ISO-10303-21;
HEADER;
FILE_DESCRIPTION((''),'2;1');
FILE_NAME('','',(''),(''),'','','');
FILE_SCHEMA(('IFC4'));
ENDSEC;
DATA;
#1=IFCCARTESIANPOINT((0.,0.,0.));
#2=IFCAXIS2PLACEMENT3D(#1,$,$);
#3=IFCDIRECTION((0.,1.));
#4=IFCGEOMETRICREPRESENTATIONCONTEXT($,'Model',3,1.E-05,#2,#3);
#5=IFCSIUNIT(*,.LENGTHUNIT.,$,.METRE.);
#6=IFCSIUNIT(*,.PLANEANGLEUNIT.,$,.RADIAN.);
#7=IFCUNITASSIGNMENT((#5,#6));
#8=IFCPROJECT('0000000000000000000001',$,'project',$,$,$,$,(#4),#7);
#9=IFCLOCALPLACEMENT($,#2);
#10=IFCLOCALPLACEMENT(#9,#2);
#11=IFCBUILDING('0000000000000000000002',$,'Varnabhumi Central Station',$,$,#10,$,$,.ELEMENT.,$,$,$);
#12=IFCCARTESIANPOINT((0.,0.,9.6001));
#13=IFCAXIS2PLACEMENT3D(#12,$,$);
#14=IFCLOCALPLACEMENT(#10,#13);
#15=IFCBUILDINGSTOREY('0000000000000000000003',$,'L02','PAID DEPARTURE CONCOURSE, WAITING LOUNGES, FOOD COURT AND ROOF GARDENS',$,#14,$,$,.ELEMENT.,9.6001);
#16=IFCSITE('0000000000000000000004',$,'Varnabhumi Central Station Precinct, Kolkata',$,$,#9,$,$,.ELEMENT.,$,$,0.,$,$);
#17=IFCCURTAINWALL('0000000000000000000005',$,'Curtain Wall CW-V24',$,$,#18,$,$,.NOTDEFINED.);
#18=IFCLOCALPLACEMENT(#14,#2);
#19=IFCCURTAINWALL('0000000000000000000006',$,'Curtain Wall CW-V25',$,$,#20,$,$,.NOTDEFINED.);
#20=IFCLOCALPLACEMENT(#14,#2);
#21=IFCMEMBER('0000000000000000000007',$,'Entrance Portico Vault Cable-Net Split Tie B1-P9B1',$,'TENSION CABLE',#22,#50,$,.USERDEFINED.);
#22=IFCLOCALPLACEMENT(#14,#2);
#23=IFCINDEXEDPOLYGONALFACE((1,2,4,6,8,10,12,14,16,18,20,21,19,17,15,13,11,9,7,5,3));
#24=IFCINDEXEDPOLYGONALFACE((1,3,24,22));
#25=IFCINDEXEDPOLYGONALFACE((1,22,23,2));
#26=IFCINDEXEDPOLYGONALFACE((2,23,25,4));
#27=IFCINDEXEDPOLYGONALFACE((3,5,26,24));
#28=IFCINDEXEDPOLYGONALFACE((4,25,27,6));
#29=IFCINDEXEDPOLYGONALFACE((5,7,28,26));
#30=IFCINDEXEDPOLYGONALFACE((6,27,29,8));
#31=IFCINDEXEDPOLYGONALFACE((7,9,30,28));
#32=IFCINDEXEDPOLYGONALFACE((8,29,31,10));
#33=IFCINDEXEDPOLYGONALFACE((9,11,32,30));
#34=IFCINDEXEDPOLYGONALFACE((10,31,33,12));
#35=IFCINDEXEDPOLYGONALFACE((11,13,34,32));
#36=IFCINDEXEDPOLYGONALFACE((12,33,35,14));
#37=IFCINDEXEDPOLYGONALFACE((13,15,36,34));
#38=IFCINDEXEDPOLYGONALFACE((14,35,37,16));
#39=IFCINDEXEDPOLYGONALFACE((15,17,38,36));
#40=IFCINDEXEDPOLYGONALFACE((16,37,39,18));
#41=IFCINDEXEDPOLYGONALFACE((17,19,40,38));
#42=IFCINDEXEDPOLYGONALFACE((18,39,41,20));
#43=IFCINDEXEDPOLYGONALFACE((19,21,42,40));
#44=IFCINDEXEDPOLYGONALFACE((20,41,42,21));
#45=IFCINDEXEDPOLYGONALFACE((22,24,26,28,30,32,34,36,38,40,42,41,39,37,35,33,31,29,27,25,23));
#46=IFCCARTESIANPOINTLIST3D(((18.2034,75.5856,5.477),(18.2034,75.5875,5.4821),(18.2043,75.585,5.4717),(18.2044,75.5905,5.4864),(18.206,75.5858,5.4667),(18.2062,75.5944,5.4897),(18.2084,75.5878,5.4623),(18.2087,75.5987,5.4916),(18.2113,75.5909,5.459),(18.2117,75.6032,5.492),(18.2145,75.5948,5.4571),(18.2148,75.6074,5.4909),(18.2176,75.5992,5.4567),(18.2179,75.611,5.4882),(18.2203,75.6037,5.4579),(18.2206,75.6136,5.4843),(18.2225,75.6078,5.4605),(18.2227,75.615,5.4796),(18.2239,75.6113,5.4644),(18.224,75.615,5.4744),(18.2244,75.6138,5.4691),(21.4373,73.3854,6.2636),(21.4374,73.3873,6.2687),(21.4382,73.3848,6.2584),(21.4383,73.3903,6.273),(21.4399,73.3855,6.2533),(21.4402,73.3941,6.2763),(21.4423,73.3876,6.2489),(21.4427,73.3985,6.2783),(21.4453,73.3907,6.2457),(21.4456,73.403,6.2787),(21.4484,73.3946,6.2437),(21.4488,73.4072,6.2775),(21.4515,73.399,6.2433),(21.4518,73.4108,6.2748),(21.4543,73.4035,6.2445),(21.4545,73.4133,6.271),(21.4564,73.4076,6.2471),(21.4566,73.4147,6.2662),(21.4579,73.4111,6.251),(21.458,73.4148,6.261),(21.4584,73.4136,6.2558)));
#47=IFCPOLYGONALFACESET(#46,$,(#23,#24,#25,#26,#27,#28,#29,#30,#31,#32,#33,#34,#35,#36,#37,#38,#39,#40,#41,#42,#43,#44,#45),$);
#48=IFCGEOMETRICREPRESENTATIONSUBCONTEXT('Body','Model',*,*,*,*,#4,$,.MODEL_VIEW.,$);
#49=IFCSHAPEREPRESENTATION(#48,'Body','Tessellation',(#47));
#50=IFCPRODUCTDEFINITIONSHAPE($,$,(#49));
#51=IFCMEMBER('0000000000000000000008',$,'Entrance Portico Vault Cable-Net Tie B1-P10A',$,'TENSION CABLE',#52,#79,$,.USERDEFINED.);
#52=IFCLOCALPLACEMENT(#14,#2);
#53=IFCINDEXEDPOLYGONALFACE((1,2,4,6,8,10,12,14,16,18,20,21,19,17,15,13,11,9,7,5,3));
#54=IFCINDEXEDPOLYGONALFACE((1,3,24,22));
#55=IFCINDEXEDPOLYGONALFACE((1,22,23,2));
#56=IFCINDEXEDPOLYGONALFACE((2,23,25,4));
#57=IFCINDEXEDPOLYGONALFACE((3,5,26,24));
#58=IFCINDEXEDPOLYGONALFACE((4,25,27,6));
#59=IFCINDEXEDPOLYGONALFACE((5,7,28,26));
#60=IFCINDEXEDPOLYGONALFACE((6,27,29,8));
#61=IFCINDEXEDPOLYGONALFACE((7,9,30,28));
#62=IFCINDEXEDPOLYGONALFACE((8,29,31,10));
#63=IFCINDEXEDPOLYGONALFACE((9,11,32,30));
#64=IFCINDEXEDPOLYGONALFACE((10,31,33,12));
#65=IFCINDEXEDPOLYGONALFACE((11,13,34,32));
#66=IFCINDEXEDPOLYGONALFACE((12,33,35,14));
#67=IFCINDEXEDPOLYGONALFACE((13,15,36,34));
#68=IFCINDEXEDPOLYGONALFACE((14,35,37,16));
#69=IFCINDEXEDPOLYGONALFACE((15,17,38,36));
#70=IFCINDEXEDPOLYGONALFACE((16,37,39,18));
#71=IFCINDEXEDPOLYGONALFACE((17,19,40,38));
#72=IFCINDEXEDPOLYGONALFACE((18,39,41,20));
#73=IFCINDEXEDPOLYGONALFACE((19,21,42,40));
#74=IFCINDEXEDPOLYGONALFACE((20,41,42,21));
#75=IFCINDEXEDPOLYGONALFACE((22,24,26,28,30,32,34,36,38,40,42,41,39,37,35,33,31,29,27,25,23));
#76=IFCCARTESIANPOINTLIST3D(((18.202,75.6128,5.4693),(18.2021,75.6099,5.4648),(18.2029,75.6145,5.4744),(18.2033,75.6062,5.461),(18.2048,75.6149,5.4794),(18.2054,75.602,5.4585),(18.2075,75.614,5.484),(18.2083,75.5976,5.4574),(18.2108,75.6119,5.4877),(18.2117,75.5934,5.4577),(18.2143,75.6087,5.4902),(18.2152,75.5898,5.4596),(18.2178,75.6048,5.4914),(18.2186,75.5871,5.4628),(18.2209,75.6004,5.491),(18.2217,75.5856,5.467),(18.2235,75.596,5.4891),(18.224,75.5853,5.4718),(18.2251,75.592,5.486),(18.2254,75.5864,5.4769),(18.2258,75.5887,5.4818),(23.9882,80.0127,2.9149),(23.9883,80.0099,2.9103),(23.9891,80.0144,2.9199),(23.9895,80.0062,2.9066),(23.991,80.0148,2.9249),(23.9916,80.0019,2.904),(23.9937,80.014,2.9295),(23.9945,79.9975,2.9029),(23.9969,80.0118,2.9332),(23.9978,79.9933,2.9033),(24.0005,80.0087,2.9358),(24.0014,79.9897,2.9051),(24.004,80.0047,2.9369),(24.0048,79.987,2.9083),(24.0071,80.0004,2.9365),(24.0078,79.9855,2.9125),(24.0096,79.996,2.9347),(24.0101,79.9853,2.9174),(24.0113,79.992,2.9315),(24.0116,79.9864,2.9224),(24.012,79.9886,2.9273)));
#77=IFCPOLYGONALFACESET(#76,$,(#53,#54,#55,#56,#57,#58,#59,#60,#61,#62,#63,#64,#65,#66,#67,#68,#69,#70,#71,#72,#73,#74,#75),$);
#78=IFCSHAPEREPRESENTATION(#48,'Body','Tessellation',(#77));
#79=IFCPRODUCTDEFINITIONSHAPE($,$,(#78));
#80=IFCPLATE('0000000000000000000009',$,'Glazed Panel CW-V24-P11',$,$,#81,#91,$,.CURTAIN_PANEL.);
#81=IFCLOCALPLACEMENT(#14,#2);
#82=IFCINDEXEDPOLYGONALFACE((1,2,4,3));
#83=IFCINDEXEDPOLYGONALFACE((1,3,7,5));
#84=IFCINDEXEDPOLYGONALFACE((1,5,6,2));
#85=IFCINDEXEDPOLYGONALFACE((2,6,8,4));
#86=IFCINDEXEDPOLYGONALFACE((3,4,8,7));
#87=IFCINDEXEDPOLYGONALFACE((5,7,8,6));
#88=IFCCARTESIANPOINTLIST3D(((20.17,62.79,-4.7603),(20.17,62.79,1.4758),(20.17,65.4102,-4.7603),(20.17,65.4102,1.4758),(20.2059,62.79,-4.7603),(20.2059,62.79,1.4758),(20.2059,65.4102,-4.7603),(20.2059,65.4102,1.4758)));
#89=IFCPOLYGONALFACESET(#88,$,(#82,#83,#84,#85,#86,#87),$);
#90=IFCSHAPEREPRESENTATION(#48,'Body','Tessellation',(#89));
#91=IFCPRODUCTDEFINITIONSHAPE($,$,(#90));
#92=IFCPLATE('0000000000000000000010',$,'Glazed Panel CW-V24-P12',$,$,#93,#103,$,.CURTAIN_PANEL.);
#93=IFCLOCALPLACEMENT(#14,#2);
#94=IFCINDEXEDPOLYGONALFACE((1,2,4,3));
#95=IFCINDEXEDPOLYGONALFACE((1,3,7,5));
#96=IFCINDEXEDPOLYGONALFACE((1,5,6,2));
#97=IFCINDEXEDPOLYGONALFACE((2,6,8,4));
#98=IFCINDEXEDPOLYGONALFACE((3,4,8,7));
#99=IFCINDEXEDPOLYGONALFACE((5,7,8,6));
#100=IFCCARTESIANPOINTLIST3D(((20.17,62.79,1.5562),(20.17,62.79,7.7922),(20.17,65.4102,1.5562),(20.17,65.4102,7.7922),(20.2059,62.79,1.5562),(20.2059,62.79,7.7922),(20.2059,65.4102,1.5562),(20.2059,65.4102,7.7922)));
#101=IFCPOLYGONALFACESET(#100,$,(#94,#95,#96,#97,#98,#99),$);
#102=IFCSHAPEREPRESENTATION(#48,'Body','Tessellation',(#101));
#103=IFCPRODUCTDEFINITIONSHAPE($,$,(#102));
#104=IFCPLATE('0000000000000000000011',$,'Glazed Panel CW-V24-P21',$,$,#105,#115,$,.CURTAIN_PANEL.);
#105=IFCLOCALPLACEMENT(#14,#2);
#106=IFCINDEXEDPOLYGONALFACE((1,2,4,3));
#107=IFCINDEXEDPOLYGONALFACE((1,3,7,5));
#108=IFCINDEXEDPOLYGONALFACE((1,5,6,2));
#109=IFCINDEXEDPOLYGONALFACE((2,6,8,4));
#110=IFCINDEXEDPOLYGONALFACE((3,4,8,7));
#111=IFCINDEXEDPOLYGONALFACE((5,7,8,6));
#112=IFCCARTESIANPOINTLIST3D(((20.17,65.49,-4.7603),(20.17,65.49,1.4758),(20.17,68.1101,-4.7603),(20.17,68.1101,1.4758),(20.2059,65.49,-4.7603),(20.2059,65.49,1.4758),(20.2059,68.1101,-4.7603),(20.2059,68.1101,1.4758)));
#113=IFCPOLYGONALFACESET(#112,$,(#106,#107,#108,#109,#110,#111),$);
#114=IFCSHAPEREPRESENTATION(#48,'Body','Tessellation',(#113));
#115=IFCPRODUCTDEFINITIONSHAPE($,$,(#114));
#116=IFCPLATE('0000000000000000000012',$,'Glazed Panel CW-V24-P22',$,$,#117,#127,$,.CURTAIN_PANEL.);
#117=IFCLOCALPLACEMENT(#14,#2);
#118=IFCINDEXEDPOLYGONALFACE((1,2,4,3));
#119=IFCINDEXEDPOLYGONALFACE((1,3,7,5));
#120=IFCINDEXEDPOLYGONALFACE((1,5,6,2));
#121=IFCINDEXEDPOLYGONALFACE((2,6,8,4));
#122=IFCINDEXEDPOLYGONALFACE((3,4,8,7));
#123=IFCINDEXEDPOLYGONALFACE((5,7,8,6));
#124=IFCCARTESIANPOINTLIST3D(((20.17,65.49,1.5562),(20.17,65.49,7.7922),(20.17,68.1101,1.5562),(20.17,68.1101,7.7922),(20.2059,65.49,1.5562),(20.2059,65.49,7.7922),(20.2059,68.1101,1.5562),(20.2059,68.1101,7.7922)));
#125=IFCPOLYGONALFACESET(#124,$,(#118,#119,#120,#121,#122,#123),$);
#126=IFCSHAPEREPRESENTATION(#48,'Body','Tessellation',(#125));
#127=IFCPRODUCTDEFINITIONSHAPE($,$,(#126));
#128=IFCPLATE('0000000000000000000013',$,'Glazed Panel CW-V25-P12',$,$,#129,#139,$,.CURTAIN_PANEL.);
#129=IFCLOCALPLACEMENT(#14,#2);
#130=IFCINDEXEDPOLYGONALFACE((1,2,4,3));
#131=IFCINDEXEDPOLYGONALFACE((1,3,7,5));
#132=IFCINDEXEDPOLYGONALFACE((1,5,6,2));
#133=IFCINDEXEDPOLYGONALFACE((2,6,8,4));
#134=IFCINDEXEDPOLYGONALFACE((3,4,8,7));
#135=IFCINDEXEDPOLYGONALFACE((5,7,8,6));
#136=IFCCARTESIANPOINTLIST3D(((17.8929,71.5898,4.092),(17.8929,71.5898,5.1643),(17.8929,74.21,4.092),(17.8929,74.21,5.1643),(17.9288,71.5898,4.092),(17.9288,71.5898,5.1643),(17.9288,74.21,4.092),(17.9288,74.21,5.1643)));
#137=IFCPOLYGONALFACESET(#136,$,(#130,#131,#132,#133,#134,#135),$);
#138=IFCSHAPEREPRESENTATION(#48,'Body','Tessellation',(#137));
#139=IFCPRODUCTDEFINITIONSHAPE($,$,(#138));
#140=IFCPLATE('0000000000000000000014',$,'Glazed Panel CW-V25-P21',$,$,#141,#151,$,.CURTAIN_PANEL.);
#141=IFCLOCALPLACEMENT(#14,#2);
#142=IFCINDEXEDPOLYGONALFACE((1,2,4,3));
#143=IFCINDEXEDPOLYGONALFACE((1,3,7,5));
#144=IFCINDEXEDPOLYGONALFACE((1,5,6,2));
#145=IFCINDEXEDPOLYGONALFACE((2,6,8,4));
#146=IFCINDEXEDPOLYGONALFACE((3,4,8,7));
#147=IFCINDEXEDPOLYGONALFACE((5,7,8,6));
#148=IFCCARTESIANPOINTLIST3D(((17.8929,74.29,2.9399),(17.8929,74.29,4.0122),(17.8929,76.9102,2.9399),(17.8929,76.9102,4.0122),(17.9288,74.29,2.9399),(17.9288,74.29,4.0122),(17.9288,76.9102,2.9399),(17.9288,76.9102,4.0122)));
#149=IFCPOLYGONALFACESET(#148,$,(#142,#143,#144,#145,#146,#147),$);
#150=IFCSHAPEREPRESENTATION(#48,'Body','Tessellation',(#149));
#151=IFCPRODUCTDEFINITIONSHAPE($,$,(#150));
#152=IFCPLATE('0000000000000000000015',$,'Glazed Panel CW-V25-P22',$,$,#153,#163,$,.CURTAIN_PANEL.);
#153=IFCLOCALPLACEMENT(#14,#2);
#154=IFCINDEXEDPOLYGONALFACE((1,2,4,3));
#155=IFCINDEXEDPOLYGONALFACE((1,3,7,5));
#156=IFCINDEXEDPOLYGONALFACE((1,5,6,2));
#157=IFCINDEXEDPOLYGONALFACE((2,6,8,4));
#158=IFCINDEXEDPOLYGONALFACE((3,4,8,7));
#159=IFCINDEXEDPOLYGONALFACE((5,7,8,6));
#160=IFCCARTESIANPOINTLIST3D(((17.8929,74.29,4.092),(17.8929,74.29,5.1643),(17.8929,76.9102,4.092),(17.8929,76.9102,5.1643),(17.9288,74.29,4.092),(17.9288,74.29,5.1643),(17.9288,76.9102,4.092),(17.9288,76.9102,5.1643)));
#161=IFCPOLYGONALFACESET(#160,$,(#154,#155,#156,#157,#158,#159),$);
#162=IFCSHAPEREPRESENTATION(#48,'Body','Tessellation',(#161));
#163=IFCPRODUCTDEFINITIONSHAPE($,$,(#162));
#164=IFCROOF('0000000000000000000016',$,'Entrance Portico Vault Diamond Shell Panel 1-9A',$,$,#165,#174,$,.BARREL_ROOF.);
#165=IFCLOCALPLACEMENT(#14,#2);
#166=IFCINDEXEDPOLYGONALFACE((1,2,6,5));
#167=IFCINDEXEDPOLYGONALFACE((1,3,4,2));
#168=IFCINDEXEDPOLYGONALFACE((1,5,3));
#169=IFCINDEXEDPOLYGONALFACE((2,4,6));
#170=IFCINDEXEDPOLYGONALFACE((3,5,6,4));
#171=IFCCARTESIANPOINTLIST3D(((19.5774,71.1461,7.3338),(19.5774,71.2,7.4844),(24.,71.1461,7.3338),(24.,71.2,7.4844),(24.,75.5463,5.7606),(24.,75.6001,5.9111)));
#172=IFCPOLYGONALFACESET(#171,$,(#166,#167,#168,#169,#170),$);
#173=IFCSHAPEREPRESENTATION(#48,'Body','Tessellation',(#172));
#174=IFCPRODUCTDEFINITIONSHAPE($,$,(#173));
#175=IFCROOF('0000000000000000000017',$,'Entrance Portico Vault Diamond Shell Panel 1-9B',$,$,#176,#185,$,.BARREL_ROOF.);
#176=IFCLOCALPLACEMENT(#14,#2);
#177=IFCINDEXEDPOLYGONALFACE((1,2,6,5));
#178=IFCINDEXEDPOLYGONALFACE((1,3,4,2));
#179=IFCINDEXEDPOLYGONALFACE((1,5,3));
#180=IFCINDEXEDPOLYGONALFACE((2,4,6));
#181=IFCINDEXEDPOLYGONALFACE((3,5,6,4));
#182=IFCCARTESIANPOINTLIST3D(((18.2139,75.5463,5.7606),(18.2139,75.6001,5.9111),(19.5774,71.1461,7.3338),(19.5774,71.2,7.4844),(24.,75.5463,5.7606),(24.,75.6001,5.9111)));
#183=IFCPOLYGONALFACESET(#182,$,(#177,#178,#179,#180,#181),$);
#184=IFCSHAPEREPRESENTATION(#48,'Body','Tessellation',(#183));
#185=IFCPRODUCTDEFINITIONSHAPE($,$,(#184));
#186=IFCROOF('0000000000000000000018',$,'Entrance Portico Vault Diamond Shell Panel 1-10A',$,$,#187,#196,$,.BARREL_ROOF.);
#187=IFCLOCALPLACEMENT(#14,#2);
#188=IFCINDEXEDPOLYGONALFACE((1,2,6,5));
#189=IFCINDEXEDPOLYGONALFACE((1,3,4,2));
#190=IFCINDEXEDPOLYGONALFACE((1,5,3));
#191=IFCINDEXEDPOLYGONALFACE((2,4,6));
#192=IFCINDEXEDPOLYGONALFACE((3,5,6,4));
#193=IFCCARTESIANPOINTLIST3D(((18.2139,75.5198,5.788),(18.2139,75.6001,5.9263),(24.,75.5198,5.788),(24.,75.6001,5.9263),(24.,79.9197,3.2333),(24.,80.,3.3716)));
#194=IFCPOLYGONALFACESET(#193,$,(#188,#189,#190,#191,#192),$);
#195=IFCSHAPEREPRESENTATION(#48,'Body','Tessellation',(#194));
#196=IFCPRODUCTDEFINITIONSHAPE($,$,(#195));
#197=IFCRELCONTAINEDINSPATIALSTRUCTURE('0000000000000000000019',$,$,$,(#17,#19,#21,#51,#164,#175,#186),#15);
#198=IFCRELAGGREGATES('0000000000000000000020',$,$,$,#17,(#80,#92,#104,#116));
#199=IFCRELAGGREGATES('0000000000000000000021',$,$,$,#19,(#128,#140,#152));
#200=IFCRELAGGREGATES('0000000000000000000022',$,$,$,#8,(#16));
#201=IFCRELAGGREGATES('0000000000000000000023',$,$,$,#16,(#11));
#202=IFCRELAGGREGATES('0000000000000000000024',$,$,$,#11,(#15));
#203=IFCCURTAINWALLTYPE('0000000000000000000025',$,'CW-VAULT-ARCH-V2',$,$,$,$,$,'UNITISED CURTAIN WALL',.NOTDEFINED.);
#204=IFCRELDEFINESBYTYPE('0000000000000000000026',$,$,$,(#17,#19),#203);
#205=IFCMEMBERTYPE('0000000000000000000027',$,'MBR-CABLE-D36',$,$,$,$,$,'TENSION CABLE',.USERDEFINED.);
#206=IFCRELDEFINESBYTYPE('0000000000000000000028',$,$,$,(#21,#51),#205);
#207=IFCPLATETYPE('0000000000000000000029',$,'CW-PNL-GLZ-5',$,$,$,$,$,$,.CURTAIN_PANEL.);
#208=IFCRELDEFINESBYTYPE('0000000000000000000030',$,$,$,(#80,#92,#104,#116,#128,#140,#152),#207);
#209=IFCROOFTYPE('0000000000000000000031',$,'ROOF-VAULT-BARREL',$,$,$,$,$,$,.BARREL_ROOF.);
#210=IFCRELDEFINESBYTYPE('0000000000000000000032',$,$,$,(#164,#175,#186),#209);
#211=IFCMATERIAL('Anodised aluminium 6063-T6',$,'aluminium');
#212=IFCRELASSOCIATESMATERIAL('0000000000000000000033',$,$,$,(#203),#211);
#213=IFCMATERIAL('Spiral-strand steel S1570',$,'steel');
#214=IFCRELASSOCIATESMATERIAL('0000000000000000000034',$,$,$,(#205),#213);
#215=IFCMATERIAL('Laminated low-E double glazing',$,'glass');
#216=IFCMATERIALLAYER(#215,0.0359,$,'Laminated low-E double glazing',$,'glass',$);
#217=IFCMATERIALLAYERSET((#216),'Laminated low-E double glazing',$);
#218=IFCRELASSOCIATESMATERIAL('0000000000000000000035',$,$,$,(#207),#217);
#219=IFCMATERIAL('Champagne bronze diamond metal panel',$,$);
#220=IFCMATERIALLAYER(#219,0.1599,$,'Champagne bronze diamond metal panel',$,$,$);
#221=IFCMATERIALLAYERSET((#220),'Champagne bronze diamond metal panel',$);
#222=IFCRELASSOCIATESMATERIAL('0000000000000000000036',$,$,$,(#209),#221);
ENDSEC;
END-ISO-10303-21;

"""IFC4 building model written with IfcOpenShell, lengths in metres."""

from ifc_helpers import new_model, si_unit, direction, frame, origin, origin_2d, place, context, subcontext, project, spatial, polyline, rectangle, circle, outline, extrude, material, layer, layer_set, material_profile, profile_set, type_object, element, aggregate, save


model = new_model("IFC4")

# Units and contexts
model_context = context("Model", 3, precision=1e-05, world=origin(), true_north=direction((0.0, 1.0)))
body_context = subcontext(model_context, "Body", "Model", "MODEL_VIEW")
ifc_project = project(units=[si_unit("LENGTHUNIT", "METRE"), si_unit("PLANEANGLEUNIT", "RADIAN")], contexts=[model_context])

# Site, building, storey
site_placement = place(None, origin())
site = spatial("IfcSite", under=ifc_project, at=site_placement, Name="Varnabhumi Central Station Precinct, Kolkata", CompositionType="ELEMENT", RefElevation=0.0)
building_placement = place(site_placement, origin())
building = spatial("IfcBuilding", under=site, at=building_placement, Name="Varnabhumi Central Station", CompositionType="ELEMENT")
storey_placement = place(building_placement, frame((0.0, 0.0, 9.6001)))
storey = spatial("IfcBuildingStorey", under=building, at=storey_placement, Name="L02", Description="PAID DEPARTURE CONCOURSE, WAITING LOUNGES, FOOD COURT AND ROOF GARDENS", CompositionType="ELEMENT", Elevation=9.6001)

# Curtain wall
ifc_material_1 = material(Name="Anodised aluminium 6063-T6", Category="aluminium")
curtain_wall_type = type_object("IfcCurtainWallType", Name="CW-VAULT-ARCH-V2", ElementType="UNITISED CURTAIN WALL", PredefinedType="NOTDEFINED", material=ifc_material_1)
curtain_wall_1_placement = place(storey_placement, origin())
curtain_wall_1 = element("IfcCurtainWall", 1, at=curtain_wall_1_placement, inside=storey, type_object=curtain_wall_type, Name="Curtain Wall CW-V24", PredefinedType="NOTDEFINED")

# Curtain wall
curtain_wall_2_placement = place(storey_placement, origin())
curtain_wall_2 = element("IfcCurtainWall", 2, at=curtain_wall_2_placement, inside=storey, type_object=curtain_wall_type, Name="Curtain Wall CW-V25", PredefinedType="NOTDEFINED")

# Members
ifc_material_2 = material(Name="Spiral-strand steel S1570", Category="steel")
ifc_material_profile_1 = material_profile(ifc_material_2, circle(Radius=0.0181, at=origin_2d()), Name="Spiral-strand steel S1570", Category="steel")
ifc_profile_set_1 = profile_set([ifc_material_profile_1], Name="Spiral-strand steel S1570")
member_type_1 = type_object("IfcMemberType", Name="MBR-CABLE-D36", ElementType="TENSION CABLE", PredefinedType="USERDEFINED", material=ifc_profile_set_1)
member_1_placement = place(storey_placement, frame((18.2139, 75.6001, 5.4744), z_axis=(0.81056, -0.55147, 0.197163), x_axis=(0.562511, 0.826789, 0.0)))
element("IfcMember", 3, at=member_1_placement, inside=storey, type_object=member_type_1, Name="Entrance Portico Vault Cable-Net Split Tie B1-P9B1", ObjectType="TENSION CABLE", PredefinedType="USERDEFINED", context=body_context, shape_type="SweptSolid", body=[
    extrude(circle(Radius=0.0181, at=origin_2d()), origin(), (0.0, 0.0, 1.0), 3.9897),
])
member_2_placement = place(storey_placement, frame((18.2139, 75.6001, 5.4744), z_axis=(0.75098, 0.571061, -0.33154), x_axis=(-0.605296, 0.796, 0.0)))
element("IfcMember", 4, at=member_2_placement, inside=storey, type_object=member_type_1, Name="Entrance Portico Vault Cable-Net Tie B1-P10A", ObjectType="TENSION CABLE", PredefinedType="USERDEFINED", context=body_context, shape_type="SweptSolid", body=[
    extrude(circle(Radius=0.0181, at=origin_2d()), origin(), (0.0, 0.0, 1.0), 7.7048),
])

# Plates
ifc_material_3 = material(Name="Laminated low-E double glazing", Category="glass")
ifc_layer_1 = layer(ifc_material_3, 0.0359, Name="Laminated low-E double glazing", Category="glass")
ifc_layer_set_1 = layer_set([ifc_layer_1], Name="Laminated low-E double glazing")
plate_type = type_object("IfcPlateType", Name="CW-PNL-GLZ-5", PredefinedType="CURTAIN_PANEL", material=ifc_layer_set_1)
plate_1_placement = place(storey_placement, frame((20.188, 64.1001, -4.7603), z_axis=(0.0, 0.0, 1.0), x_axis=(0.0, 1.0, 0.0)))
plate_1 = element("IfcPlate", 5, at=plate_1_placement, type_object=plate_type, Name="Glazed Panel CW-V24-P11", PredefinedType="CURTAIN_PANEL", context=body_context, shape_type="SweptSolid", body=[
    extrude(rectangle(XDim=2.6201, YDim=0.0359, at=origin_2d()), origin(), (0.0, 0.0, 1.0), 6.2361),
])
plate_2_placement = place(storey_placement, frame((20.188, 64.1001, 1.5562), z_axis=(0.0, 0.0, 1.0), x_axis=(0.0, 1.0, 0.0)))
plate_2 = element("IfcPlate", 6, at=plate_2_placement, type_object=plate_type, Name="Glazed Panel CW-V24-P12", PredefinedType="CURTAIN_PANEL", context=body_context, shape_type="SweptSolid", body=[
    extrude(rectangle(XDim=2.6201, YDim=0.0359, at=origin_2d()), origin(), (0.0, 0.0, 1.0), 6.2361),
])
plate_3_placement = place(storey_placement, frame((20.188, 66.8, -4.7603), z_axis=(0.0, 0.0, 1.0), x_axis=(0.0, 1.0, 0.0)))
plate_3 = element("IfcPlate", 7, at=plate_3_placement, type_object=plate_type, Name="Glazed Panel CW-V24-P21", PredefinedType="CURTAIN_PANEL", context=body_context, shape_type="SweptSolid", body=[
    extrude(rectangle(XDim=2.6201, YDim=0.0359, at=origin_2d()), origin(), (0.0, 0.0, 1.0), 6.2361),
])
plate_4_placement = place(storey_placement, frame((20.188, 66.8, 1.5562), z_axis=(0.0, 0.0, 1.0), x_axis=(0.0, 1.0, 0.0)))
plate_4 = element("IfcPlate", 8, at=plate_4_placement, type_object=plate_type, Name="Glazed Panel CW-V24-P22", PredefinedType="CURTAIN_PANEL", context=body_context, shape_type="SweptSolid", body=[
    extrude(rectangle(XDim=2.6201, YDim=0.0359, at=origin_2d()), origin(), (0.0, 0.0, 1.0), 6.2361),
])
aggregate(curtain_wall_1, [plate_1, plate_2, plate_3, plate_4])
plate_5_placement = place(storey_placement, frame((17.9109, 72.8999, 4.092), z_axis=(0.0, 0.0, 1.0), x_axis=(0.0, 1.0, 0.0)))
plate_5 = element("IfcPlate", 9, at=plate_5_placement, type_object=plate_type, Name="Glazed Panel CW-V25-P12", PredefinedType="CURTAIN_PANEL", context=body_context, shape_type="SweptSolid", body=[
    extrude(rectangle(XDim=2.6201, YDim=0.0359, at=origin_2d()), origin(), (0.0, 0.0, 1.0), 1.0723),
])
plate_6_placement = place(storey_placement, frame((17.9109, 75.6001, 2.9399), z_axis=(0.0, 0.0, 1.0), x_axis=(0.0, 1.0, 0.0)))
plate_6 = element("IfcPlate", 10, at=plate_6_placement, type_object=plate_type, Name="Glazed Panel CW-V25-P21", PredefinedType="CURTAIN_PANEL", context=body_context, shape_type="SweptSolid", body=[
    extrude(rectangle(XDim=2.6201, YDim=0.0359, at=origin_2d()), origin(), (0.0, 0.0, 1.0), 1.0723),
])
plate_7_placement = place(storey_placement, frame((17.9109, 75.6001, 4.092), z_axis=(0.0, 0.0, 1.0), x_axis=(0.0, 1.0, 0.0)))
plate_7 = element("IfcPlate", 11, at=plate_7_placement, type_object=plate_type, Name="Glazed Panel CW-V25-P22", PredefinedType="CURTAIN_PANEL", context=body_context, shape_type="SweptSolid", body=[
    extrude(rectangle(XDim=2.6201, YDim=0.0359, at=origin_2d()), origin(), (0.0, 0.0, 1.0), 1.0723),
])
aggregate(curtain_wall_2, [plate_5, plate_6, plate_7])

# Roofs
ifc_material_4 = material(Name="Champagne bronze diamond metal panel")
ifc_layer_2 = layer(ifc_material_4, 0.1599, Name="Champagne bronze diamond metal panel")
ifc_layer_set_2 = layer_set([ifc_layer_2], Name="Champagne bronze diamond metal panel")
roof_type = type_object("IfcRoofType", Name="ROOF-VAULT-BARREL", PredefinedType="BARREL_ROOF", material=ifc_layer_set_2)
roof_1_placement = place(storey_placement, frame((19.5774, 71.2, 7.4844), z_axis=(0.0, 0.336671, 0.941622), x_axis=(1.0, 0.0, 0.0)))
element("IfcRoof", 12, at=roof_1_placement, inside=storey, type_object=roof_type, Name="Entrance Portico Vault Diamond Shell Panel 1-9A", PredefinedType="BARREL_ROOF", context=body_context, shape_type="SweptSolid", body=[
    extrude(outline(polyline([(0.0, 0.0), (4.4226, 0.0), (4.4226, 4.6729), (0.0, 0.0)])), origin(), (0.0, 0.0, -1.0), 0.1599),
])
roof_2_placement = place(storey_placement, frame((19.5774, 71.2, 7.4844), z_axis=(0.0, 0.336671, 0.941622), x_axis=(0.687385, 0.683894, -0.244522)))
element("IfcRoof", 13, at=roof_2_placement, inside=storey, type_object=roof_type, Name="Entrance Portico Vault Diamond Shell Panel 1-9B", PredefinedType="BARREL_ROOF", context=body_context, shape_type="SweptSolid", body=[
    extrude(outline(polyline([(0.0, 0.0), (6.434, 0.0), (2.4567, 4.2024), (0.0, 0.0)])), origin(), (0.0, 0.0, -1.0), 0.1599),
])
roof_3_placement = place(storey_placement, frame((18.2139, 75.6001, 5.9263), z_axis=(0.0, 0.502122, 0.864797), x_axis=(1.0, 0.0, 0.0)))
element("IfcRoof", 14, at=roof_3_placement, inside=storey, type_object=roof_type, Name="Entrance Portico Vault Diamond Shell Panel 1-10A", PredefinedType="BARREL_ROOF", context=body_context, shape_type="SweptSolid", body=[
    extrude(outline(polyline([(0.0, 0.0), (5.7861, 0.0), (5.7861, 5.0878), (0.0, 0.0)])), origin(), (0.0, 0.0, -1.0), 0.1599),
])

save(model, "model.ifc")
